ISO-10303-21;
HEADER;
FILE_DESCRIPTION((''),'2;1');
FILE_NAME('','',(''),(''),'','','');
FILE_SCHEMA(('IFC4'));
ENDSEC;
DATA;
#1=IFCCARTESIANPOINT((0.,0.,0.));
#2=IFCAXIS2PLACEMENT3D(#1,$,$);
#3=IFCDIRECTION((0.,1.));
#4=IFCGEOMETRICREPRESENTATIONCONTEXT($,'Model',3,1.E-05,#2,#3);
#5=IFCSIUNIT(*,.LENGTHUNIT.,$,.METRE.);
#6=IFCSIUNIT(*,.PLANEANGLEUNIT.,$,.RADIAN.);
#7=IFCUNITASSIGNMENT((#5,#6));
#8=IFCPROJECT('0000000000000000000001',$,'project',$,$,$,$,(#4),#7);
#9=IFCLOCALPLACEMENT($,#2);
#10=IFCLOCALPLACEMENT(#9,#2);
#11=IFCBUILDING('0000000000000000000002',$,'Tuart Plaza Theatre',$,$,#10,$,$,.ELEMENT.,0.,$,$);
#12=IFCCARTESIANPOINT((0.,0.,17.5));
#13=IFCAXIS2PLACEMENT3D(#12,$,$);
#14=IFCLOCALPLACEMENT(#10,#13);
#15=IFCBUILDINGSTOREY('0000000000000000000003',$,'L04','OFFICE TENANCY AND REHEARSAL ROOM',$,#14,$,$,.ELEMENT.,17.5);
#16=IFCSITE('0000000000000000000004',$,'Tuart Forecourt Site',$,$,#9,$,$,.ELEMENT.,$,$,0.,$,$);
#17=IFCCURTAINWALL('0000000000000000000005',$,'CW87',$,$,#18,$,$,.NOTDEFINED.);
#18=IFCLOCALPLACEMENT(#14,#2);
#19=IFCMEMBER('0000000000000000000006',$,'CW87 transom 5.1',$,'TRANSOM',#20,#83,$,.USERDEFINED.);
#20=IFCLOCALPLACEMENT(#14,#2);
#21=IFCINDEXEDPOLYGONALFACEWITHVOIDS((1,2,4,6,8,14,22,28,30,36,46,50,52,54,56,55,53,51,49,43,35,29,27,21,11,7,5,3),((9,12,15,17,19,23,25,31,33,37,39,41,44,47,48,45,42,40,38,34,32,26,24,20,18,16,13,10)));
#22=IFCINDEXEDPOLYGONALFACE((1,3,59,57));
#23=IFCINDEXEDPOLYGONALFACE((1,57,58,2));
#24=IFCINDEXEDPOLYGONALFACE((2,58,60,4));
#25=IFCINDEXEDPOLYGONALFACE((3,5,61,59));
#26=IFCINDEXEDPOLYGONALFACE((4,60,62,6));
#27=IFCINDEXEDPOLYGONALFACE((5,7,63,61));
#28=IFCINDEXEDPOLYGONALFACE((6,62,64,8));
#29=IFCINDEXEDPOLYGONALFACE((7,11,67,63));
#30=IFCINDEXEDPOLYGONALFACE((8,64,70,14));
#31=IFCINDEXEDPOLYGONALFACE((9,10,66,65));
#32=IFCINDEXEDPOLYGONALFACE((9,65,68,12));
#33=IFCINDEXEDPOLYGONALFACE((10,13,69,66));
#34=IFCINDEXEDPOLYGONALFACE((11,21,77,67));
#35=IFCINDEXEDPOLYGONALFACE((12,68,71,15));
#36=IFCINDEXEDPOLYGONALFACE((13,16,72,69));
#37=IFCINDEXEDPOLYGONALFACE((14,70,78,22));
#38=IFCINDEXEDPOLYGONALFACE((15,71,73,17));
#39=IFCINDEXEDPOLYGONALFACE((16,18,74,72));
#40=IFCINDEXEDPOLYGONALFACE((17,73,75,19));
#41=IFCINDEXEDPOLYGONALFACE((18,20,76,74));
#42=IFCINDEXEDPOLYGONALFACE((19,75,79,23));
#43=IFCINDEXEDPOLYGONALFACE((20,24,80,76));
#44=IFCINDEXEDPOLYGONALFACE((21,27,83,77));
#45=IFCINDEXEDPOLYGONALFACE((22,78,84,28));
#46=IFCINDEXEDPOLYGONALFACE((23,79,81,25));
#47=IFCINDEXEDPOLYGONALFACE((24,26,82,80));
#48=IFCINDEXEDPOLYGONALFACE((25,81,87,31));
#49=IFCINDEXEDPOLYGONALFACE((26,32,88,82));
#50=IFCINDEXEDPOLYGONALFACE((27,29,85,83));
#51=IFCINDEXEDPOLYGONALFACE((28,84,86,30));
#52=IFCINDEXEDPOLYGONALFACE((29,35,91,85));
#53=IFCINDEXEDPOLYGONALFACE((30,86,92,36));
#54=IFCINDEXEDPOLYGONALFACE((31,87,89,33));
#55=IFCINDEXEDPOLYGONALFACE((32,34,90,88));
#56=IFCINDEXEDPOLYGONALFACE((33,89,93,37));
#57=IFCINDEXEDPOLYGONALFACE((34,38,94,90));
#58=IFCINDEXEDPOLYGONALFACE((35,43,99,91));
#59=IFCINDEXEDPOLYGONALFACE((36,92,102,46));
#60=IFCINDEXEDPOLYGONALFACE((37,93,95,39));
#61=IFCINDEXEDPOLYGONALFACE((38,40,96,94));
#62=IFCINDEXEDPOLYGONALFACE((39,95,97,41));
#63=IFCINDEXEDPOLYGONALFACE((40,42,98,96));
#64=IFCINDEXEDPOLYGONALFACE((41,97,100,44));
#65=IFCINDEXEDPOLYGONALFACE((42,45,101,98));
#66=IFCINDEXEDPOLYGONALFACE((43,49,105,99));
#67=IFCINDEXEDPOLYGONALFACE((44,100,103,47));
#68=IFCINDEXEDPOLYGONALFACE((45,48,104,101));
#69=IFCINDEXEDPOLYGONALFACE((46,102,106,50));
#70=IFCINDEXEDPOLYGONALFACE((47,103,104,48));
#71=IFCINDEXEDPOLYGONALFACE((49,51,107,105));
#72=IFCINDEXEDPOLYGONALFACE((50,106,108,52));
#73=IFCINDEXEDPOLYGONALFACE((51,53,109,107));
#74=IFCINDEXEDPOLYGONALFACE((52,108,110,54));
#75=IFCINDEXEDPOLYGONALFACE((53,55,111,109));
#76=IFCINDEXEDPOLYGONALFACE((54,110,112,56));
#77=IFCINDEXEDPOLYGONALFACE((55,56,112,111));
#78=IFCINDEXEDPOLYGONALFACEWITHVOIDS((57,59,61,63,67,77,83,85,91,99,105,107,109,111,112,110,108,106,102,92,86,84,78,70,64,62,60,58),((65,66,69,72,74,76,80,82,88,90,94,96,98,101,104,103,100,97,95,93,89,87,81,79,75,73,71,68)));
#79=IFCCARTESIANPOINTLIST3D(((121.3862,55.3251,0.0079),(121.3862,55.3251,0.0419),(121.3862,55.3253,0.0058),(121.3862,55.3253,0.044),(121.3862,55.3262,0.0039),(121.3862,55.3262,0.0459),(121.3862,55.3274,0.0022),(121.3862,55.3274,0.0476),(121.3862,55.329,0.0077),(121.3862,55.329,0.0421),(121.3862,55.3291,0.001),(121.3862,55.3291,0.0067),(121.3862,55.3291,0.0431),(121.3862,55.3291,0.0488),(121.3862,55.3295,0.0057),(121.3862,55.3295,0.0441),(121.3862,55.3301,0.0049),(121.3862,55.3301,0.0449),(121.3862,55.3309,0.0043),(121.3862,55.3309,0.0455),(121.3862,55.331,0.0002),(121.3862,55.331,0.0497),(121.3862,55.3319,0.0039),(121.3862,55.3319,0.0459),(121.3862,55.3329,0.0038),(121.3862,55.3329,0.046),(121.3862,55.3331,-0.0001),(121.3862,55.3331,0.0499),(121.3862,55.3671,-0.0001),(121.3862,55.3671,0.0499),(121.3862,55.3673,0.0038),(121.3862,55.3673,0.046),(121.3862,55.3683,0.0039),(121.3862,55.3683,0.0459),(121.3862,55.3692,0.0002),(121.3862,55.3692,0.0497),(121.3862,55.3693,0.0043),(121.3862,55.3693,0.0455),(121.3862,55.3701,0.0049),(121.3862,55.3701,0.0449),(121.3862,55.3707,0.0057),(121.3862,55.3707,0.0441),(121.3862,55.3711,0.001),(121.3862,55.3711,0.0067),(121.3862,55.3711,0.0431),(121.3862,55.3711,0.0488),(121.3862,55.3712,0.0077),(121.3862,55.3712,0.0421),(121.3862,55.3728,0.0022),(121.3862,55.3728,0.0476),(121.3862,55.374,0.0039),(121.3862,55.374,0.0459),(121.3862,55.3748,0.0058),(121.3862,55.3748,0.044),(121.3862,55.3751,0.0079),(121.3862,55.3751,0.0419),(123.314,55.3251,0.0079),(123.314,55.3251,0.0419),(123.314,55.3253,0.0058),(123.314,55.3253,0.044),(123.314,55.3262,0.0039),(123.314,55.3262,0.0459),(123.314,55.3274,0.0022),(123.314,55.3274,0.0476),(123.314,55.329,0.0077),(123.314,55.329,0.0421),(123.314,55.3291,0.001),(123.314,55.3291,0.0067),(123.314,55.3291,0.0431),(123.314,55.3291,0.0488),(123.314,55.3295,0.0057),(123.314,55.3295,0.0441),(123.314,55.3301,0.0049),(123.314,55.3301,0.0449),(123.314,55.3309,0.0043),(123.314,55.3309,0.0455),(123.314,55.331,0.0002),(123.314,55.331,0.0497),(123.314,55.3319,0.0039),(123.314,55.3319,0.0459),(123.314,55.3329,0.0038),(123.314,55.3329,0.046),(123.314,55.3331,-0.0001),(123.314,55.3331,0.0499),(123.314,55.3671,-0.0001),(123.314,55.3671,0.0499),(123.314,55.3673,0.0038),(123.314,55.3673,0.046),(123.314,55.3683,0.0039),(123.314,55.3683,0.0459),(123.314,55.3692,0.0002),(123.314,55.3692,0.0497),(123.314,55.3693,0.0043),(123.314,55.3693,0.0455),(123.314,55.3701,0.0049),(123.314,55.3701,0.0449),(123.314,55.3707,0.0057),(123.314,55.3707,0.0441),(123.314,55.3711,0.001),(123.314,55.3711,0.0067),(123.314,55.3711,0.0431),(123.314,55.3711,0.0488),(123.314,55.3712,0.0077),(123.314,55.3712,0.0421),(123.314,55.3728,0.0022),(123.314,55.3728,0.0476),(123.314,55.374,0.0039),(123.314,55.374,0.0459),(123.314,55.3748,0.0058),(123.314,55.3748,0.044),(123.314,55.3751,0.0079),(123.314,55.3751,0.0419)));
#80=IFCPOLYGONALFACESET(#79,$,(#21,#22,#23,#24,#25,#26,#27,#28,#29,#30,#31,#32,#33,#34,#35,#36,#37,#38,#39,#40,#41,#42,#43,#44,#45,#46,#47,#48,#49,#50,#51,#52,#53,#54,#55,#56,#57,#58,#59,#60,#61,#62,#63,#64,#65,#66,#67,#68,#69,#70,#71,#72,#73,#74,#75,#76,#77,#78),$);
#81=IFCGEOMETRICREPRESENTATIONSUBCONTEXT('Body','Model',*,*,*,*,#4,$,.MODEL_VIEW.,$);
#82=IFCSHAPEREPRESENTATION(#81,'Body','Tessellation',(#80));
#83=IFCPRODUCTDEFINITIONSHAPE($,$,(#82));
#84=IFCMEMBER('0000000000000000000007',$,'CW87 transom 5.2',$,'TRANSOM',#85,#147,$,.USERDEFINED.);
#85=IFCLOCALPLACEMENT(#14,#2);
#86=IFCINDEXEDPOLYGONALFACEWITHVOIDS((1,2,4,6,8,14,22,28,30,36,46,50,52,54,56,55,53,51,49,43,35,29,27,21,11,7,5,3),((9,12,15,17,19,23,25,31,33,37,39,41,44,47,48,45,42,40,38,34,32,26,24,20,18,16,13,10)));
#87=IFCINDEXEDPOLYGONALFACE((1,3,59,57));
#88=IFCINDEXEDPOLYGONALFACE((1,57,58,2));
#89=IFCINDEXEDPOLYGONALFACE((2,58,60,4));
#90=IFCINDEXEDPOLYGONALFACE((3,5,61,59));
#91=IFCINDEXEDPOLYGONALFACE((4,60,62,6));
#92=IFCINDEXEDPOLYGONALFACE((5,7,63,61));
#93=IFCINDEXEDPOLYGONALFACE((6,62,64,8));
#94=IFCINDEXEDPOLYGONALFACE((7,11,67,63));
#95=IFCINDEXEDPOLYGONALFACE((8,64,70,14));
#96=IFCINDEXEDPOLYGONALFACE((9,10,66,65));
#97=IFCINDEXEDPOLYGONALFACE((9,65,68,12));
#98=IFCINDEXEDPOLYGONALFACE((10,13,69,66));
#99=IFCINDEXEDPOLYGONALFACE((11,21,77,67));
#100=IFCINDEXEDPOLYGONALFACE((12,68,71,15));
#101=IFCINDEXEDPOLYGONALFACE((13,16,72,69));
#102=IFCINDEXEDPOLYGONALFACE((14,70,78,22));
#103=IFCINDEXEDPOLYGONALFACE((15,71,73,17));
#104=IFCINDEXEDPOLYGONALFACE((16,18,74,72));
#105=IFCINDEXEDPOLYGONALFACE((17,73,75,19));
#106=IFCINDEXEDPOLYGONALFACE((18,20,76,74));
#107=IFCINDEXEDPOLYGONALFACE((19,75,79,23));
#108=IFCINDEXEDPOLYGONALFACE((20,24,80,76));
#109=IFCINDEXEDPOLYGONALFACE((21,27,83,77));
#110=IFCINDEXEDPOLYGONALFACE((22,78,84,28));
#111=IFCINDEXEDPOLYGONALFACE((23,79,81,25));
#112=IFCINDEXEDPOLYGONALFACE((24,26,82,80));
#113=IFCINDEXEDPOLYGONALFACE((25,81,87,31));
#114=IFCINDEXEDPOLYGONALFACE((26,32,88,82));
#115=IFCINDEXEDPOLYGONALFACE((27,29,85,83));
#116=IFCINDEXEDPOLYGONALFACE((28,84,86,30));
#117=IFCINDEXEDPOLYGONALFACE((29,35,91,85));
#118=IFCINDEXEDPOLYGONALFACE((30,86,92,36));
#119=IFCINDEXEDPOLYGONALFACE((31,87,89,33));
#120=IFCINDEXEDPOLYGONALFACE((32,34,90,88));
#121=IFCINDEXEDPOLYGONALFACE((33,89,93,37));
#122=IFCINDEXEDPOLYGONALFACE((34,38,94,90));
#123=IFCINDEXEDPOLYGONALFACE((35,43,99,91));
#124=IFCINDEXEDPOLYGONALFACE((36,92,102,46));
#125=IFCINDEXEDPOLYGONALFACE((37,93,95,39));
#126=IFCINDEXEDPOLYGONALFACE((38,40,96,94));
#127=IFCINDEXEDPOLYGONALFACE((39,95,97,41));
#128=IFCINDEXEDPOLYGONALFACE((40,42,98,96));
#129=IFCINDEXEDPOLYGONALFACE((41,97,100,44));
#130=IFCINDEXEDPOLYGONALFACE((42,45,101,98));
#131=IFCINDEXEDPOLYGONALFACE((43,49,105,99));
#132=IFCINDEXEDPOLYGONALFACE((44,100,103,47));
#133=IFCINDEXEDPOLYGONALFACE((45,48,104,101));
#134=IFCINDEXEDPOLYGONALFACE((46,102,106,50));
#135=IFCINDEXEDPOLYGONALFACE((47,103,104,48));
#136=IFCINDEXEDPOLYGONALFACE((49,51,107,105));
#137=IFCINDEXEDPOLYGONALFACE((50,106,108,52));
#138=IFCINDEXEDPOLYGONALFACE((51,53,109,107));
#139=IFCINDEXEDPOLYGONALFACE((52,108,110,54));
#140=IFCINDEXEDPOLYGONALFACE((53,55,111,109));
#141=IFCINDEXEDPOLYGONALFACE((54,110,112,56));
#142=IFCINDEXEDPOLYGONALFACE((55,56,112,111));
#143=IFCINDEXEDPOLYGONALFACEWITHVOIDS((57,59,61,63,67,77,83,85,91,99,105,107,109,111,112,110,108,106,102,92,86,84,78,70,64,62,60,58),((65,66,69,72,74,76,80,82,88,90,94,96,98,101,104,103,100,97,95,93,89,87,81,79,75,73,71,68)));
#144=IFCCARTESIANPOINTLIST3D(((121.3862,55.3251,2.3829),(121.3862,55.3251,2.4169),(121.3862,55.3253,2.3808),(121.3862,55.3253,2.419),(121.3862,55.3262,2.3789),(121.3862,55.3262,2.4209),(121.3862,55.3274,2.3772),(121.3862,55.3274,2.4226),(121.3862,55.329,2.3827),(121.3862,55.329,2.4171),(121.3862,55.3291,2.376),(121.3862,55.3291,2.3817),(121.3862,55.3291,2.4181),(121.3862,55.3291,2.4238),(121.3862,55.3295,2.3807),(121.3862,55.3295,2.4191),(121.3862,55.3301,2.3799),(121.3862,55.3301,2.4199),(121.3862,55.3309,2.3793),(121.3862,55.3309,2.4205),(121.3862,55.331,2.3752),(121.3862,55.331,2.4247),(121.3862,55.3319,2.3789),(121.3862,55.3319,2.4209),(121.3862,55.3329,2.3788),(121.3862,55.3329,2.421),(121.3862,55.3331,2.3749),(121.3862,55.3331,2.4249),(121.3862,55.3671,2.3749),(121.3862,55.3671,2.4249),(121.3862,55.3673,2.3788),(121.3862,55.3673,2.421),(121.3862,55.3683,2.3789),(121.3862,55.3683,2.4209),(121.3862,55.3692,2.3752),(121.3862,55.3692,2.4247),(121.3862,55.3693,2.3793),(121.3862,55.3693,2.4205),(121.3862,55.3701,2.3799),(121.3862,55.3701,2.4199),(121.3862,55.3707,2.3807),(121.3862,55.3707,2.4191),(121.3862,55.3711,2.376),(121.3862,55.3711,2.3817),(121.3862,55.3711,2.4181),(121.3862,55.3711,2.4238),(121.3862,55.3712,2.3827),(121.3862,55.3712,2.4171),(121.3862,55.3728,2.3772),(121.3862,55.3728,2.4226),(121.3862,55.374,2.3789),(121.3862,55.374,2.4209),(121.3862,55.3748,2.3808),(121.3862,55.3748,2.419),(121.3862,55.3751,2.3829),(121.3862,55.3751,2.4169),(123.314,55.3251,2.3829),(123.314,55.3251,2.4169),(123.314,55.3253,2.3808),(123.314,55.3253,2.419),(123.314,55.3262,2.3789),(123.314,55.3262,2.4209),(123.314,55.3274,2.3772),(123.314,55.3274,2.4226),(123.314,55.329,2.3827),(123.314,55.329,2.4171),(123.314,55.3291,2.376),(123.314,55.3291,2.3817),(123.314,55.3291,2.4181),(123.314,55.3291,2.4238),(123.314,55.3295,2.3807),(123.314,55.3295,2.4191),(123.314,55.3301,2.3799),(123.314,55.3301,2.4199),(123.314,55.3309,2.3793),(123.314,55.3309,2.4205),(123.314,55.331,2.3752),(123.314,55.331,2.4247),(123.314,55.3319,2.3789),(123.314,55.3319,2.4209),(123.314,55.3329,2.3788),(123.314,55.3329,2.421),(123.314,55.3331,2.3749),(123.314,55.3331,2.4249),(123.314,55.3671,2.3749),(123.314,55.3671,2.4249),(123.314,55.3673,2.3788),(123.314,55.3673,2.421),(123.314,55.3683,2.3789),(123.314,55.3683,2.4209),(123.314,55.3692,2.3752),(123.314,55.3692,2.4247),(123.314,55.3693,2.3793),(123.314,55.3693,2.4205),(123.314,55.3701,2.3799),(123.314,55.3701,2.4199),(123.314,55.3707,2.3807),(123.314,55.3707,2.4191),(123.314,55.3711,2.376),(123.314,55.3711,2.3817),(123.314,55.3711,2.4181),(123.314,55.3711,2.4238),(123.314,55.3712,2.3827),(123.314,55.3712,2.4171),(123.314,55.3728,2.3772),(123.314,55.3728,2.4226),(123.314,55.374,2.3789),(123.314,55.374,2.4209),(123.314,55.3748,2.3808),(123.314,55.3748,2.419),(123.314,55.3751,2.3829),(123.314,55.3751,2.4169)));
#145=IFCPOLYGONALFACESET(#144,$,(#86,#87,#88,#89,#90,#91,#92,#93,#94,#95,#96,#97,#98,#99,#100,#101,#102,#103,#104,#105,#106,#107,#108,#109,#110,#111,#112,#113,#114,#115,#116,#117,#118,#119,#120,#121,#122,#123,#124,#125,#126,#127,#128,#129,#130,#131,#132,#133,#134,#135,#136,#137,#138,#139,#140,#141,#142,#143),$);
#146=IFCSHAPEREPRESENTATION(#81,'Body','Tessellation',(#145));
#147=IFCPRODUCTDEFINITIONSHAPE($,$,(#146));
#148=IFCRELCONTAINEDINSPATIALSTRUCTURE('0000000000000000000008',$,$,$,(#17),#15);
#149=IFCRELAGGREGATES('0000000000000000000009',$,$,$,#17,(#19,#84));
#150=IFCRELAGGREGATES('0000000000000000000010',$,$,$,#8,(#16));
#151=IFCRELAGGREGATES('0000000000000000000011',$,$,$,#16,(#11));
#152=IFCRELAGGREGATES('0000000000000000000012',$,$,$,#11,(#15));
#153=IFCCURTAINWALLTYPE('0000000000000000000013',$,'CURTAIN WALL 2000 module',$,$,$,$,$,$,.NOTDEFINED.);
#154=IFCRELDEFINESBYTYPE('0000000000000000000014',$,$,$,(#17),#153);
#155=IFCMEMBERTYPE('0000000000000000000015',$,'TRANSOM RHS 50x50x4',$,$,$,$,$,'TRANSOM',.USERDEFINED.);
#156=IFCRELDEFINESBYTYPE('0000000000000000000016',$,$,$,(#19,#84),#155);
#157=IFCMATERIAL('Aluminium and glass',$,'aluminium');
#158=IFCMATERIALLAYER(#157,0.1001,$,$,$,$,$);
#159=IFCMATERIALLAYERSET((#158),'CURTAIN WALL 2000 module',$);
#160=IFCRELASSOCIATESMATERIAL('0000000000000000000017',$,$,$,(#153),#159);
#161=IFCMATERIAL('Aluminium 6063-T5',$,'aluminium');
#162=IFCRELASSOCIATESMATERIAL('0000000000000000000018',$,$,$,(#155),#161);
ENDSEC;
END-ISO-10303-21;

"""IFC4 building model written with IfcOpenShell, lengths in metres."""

from ifc_helpers import new_model, si_unit, direction, frame, origin, origin_2d, place, context, subcontext, project, spatial, hollow_rectangle, extrude, material, layer, layer_set, material_profile, profile_set, type_object, element, aggregate, save


model = new_model("IFC4")

# Units and contexts
model_context = context("Model", 3, precision=1e-05, world=origin(), true_north=direction((0.0, 1.0)))
body_context = subcontext(model_context, "Body", "Model", "MODEL_VIEW")
ifc_project = project(units=[si_unit("LENGTHUNIT", "METRE"), si_unit("PLANEANGLEUNIT", "RADIAN")], contexts=[model_context])

# Site, building, storey
site_placement = place(None, origin())
site = spatial("IfcSite", under=ifc_project, at=site_placement, Name="Tuart Forecourt Site", CompositionType="ELEMENT", RefElevation=0.0)
building_placement = place(site_placement, origin())
building = spatial("IfcBuilding", under=site, at=building_placement, Name="Tuart Plaza Theatre", CompositionType="ELEMENT", ElevationOfRefHeight=0.0)
storey_placement = place(building_placement, frame((0.0, 0.0, 17.5)))
storey = spatial("IfcBuildingStorey", under=building, at=storey_placement, Name="L04", Description="OFFICE TENANCY AND REHEARSAL ROOM", CompositionType="ELEMENT", Elevation=17.5)

# Curtain wall, members
ifc_material_1 = material(Name="Aluminium and glass", Category="aluminium")
ifc_layer_1 = layer(ifc_material_1, 0.1001)
ifc_layer_set_1 = layer_set([ifc_layer_1], Name="CURTAIN WALL 2000 module")
curtain_wall_type = type_object("IfcCurtainWallType", Name="CURTAIN WALL 2000 module", PredefinedType="NOTDEFINED", material=ifc_layer_set_1)
curtain_wall_placement = place(storey_placement, origin())
curtain_wall = element("IfcCurtainWall", 1, at=curtain_wall_placement, inside=storey, type_object=curtain_wall_type, Name="CW87", PredefinedType="NOTDEFINED")
ifc_material_2 = material(Name="Aluminium 6063-T5", Category="aluminium")
ifc_material_profile_1 = material_profile(ifc_material_2, hollow_rectangle(XDim=0.05, YDim=0.05, WallThickness=0.0039, InnerFilletRadius=0.0039, OuterFilletRadius=0.0081, at=origin_2d()), Name="RHS 50x50x4")
ifc_profile_set_1 = profile_set([ifc_material_profile_1], Name="Aluminium 6063-T5")
member_type_1 = type_object("IfcMemberType", Name="TRANSOM RHS 50x50x4", ElementType="TRANSOM", PredefinedType="USERDEFINED", material=ifc_profile_set_1)
member_1_placement = place(storey_placement, frame((121.3862, 55.3501, 0.0249), z_axis=(1.0, 0.0, 0.0), x_axis=(0.0, 1.0, 0.0)))
member_1 = element("IfcMember", 2, at=member_1_placement, type_object=member_type_1, Name="CW87 transom 5.1", ObjectType="TRANSOM", PredefinedType="USERDEFINED", context=body_context, shape_type="SweptSolid", body=[
    extrude(hollow_rectangle(XDim=0.05, YDim=0.05, WallThickness=0.0039, InnerFilletRadius=0.0039, OuterFilletRadius=0.0081, at=origin_2d()), origin(), (0.0, 0.0, 1.0), 1.9277),
])
member_2_placement = place(storey_placement, frame((121.3862, 55.3501, 2.3999), z_axis=(1.0, 0.0, 0.0), x_axis=(0.0, 1.0, 0.0)))
member_2 = element("IfcMember", 3, at=member_2_placement, type_object=member_type_1, Name="CW87 transom 5.2", ObjectType="TRANSOM", PredefinedType="USERDEFINED", context=body_context, shape_type="SweptSolid", body=[
    extrude(hollow_rectangle(XDim=0.05, YDim=0.05, WallThickness=0.0039, InnerFilletRadius=0.0039, OuterFilletRadius=0.0081, at=origin_2d()), origin(), (0.0, 0.0, 1.0), 1.9277),
])
aggregate(curtain_wall, [member_1, member_2])

save(model, "model.ifc")
